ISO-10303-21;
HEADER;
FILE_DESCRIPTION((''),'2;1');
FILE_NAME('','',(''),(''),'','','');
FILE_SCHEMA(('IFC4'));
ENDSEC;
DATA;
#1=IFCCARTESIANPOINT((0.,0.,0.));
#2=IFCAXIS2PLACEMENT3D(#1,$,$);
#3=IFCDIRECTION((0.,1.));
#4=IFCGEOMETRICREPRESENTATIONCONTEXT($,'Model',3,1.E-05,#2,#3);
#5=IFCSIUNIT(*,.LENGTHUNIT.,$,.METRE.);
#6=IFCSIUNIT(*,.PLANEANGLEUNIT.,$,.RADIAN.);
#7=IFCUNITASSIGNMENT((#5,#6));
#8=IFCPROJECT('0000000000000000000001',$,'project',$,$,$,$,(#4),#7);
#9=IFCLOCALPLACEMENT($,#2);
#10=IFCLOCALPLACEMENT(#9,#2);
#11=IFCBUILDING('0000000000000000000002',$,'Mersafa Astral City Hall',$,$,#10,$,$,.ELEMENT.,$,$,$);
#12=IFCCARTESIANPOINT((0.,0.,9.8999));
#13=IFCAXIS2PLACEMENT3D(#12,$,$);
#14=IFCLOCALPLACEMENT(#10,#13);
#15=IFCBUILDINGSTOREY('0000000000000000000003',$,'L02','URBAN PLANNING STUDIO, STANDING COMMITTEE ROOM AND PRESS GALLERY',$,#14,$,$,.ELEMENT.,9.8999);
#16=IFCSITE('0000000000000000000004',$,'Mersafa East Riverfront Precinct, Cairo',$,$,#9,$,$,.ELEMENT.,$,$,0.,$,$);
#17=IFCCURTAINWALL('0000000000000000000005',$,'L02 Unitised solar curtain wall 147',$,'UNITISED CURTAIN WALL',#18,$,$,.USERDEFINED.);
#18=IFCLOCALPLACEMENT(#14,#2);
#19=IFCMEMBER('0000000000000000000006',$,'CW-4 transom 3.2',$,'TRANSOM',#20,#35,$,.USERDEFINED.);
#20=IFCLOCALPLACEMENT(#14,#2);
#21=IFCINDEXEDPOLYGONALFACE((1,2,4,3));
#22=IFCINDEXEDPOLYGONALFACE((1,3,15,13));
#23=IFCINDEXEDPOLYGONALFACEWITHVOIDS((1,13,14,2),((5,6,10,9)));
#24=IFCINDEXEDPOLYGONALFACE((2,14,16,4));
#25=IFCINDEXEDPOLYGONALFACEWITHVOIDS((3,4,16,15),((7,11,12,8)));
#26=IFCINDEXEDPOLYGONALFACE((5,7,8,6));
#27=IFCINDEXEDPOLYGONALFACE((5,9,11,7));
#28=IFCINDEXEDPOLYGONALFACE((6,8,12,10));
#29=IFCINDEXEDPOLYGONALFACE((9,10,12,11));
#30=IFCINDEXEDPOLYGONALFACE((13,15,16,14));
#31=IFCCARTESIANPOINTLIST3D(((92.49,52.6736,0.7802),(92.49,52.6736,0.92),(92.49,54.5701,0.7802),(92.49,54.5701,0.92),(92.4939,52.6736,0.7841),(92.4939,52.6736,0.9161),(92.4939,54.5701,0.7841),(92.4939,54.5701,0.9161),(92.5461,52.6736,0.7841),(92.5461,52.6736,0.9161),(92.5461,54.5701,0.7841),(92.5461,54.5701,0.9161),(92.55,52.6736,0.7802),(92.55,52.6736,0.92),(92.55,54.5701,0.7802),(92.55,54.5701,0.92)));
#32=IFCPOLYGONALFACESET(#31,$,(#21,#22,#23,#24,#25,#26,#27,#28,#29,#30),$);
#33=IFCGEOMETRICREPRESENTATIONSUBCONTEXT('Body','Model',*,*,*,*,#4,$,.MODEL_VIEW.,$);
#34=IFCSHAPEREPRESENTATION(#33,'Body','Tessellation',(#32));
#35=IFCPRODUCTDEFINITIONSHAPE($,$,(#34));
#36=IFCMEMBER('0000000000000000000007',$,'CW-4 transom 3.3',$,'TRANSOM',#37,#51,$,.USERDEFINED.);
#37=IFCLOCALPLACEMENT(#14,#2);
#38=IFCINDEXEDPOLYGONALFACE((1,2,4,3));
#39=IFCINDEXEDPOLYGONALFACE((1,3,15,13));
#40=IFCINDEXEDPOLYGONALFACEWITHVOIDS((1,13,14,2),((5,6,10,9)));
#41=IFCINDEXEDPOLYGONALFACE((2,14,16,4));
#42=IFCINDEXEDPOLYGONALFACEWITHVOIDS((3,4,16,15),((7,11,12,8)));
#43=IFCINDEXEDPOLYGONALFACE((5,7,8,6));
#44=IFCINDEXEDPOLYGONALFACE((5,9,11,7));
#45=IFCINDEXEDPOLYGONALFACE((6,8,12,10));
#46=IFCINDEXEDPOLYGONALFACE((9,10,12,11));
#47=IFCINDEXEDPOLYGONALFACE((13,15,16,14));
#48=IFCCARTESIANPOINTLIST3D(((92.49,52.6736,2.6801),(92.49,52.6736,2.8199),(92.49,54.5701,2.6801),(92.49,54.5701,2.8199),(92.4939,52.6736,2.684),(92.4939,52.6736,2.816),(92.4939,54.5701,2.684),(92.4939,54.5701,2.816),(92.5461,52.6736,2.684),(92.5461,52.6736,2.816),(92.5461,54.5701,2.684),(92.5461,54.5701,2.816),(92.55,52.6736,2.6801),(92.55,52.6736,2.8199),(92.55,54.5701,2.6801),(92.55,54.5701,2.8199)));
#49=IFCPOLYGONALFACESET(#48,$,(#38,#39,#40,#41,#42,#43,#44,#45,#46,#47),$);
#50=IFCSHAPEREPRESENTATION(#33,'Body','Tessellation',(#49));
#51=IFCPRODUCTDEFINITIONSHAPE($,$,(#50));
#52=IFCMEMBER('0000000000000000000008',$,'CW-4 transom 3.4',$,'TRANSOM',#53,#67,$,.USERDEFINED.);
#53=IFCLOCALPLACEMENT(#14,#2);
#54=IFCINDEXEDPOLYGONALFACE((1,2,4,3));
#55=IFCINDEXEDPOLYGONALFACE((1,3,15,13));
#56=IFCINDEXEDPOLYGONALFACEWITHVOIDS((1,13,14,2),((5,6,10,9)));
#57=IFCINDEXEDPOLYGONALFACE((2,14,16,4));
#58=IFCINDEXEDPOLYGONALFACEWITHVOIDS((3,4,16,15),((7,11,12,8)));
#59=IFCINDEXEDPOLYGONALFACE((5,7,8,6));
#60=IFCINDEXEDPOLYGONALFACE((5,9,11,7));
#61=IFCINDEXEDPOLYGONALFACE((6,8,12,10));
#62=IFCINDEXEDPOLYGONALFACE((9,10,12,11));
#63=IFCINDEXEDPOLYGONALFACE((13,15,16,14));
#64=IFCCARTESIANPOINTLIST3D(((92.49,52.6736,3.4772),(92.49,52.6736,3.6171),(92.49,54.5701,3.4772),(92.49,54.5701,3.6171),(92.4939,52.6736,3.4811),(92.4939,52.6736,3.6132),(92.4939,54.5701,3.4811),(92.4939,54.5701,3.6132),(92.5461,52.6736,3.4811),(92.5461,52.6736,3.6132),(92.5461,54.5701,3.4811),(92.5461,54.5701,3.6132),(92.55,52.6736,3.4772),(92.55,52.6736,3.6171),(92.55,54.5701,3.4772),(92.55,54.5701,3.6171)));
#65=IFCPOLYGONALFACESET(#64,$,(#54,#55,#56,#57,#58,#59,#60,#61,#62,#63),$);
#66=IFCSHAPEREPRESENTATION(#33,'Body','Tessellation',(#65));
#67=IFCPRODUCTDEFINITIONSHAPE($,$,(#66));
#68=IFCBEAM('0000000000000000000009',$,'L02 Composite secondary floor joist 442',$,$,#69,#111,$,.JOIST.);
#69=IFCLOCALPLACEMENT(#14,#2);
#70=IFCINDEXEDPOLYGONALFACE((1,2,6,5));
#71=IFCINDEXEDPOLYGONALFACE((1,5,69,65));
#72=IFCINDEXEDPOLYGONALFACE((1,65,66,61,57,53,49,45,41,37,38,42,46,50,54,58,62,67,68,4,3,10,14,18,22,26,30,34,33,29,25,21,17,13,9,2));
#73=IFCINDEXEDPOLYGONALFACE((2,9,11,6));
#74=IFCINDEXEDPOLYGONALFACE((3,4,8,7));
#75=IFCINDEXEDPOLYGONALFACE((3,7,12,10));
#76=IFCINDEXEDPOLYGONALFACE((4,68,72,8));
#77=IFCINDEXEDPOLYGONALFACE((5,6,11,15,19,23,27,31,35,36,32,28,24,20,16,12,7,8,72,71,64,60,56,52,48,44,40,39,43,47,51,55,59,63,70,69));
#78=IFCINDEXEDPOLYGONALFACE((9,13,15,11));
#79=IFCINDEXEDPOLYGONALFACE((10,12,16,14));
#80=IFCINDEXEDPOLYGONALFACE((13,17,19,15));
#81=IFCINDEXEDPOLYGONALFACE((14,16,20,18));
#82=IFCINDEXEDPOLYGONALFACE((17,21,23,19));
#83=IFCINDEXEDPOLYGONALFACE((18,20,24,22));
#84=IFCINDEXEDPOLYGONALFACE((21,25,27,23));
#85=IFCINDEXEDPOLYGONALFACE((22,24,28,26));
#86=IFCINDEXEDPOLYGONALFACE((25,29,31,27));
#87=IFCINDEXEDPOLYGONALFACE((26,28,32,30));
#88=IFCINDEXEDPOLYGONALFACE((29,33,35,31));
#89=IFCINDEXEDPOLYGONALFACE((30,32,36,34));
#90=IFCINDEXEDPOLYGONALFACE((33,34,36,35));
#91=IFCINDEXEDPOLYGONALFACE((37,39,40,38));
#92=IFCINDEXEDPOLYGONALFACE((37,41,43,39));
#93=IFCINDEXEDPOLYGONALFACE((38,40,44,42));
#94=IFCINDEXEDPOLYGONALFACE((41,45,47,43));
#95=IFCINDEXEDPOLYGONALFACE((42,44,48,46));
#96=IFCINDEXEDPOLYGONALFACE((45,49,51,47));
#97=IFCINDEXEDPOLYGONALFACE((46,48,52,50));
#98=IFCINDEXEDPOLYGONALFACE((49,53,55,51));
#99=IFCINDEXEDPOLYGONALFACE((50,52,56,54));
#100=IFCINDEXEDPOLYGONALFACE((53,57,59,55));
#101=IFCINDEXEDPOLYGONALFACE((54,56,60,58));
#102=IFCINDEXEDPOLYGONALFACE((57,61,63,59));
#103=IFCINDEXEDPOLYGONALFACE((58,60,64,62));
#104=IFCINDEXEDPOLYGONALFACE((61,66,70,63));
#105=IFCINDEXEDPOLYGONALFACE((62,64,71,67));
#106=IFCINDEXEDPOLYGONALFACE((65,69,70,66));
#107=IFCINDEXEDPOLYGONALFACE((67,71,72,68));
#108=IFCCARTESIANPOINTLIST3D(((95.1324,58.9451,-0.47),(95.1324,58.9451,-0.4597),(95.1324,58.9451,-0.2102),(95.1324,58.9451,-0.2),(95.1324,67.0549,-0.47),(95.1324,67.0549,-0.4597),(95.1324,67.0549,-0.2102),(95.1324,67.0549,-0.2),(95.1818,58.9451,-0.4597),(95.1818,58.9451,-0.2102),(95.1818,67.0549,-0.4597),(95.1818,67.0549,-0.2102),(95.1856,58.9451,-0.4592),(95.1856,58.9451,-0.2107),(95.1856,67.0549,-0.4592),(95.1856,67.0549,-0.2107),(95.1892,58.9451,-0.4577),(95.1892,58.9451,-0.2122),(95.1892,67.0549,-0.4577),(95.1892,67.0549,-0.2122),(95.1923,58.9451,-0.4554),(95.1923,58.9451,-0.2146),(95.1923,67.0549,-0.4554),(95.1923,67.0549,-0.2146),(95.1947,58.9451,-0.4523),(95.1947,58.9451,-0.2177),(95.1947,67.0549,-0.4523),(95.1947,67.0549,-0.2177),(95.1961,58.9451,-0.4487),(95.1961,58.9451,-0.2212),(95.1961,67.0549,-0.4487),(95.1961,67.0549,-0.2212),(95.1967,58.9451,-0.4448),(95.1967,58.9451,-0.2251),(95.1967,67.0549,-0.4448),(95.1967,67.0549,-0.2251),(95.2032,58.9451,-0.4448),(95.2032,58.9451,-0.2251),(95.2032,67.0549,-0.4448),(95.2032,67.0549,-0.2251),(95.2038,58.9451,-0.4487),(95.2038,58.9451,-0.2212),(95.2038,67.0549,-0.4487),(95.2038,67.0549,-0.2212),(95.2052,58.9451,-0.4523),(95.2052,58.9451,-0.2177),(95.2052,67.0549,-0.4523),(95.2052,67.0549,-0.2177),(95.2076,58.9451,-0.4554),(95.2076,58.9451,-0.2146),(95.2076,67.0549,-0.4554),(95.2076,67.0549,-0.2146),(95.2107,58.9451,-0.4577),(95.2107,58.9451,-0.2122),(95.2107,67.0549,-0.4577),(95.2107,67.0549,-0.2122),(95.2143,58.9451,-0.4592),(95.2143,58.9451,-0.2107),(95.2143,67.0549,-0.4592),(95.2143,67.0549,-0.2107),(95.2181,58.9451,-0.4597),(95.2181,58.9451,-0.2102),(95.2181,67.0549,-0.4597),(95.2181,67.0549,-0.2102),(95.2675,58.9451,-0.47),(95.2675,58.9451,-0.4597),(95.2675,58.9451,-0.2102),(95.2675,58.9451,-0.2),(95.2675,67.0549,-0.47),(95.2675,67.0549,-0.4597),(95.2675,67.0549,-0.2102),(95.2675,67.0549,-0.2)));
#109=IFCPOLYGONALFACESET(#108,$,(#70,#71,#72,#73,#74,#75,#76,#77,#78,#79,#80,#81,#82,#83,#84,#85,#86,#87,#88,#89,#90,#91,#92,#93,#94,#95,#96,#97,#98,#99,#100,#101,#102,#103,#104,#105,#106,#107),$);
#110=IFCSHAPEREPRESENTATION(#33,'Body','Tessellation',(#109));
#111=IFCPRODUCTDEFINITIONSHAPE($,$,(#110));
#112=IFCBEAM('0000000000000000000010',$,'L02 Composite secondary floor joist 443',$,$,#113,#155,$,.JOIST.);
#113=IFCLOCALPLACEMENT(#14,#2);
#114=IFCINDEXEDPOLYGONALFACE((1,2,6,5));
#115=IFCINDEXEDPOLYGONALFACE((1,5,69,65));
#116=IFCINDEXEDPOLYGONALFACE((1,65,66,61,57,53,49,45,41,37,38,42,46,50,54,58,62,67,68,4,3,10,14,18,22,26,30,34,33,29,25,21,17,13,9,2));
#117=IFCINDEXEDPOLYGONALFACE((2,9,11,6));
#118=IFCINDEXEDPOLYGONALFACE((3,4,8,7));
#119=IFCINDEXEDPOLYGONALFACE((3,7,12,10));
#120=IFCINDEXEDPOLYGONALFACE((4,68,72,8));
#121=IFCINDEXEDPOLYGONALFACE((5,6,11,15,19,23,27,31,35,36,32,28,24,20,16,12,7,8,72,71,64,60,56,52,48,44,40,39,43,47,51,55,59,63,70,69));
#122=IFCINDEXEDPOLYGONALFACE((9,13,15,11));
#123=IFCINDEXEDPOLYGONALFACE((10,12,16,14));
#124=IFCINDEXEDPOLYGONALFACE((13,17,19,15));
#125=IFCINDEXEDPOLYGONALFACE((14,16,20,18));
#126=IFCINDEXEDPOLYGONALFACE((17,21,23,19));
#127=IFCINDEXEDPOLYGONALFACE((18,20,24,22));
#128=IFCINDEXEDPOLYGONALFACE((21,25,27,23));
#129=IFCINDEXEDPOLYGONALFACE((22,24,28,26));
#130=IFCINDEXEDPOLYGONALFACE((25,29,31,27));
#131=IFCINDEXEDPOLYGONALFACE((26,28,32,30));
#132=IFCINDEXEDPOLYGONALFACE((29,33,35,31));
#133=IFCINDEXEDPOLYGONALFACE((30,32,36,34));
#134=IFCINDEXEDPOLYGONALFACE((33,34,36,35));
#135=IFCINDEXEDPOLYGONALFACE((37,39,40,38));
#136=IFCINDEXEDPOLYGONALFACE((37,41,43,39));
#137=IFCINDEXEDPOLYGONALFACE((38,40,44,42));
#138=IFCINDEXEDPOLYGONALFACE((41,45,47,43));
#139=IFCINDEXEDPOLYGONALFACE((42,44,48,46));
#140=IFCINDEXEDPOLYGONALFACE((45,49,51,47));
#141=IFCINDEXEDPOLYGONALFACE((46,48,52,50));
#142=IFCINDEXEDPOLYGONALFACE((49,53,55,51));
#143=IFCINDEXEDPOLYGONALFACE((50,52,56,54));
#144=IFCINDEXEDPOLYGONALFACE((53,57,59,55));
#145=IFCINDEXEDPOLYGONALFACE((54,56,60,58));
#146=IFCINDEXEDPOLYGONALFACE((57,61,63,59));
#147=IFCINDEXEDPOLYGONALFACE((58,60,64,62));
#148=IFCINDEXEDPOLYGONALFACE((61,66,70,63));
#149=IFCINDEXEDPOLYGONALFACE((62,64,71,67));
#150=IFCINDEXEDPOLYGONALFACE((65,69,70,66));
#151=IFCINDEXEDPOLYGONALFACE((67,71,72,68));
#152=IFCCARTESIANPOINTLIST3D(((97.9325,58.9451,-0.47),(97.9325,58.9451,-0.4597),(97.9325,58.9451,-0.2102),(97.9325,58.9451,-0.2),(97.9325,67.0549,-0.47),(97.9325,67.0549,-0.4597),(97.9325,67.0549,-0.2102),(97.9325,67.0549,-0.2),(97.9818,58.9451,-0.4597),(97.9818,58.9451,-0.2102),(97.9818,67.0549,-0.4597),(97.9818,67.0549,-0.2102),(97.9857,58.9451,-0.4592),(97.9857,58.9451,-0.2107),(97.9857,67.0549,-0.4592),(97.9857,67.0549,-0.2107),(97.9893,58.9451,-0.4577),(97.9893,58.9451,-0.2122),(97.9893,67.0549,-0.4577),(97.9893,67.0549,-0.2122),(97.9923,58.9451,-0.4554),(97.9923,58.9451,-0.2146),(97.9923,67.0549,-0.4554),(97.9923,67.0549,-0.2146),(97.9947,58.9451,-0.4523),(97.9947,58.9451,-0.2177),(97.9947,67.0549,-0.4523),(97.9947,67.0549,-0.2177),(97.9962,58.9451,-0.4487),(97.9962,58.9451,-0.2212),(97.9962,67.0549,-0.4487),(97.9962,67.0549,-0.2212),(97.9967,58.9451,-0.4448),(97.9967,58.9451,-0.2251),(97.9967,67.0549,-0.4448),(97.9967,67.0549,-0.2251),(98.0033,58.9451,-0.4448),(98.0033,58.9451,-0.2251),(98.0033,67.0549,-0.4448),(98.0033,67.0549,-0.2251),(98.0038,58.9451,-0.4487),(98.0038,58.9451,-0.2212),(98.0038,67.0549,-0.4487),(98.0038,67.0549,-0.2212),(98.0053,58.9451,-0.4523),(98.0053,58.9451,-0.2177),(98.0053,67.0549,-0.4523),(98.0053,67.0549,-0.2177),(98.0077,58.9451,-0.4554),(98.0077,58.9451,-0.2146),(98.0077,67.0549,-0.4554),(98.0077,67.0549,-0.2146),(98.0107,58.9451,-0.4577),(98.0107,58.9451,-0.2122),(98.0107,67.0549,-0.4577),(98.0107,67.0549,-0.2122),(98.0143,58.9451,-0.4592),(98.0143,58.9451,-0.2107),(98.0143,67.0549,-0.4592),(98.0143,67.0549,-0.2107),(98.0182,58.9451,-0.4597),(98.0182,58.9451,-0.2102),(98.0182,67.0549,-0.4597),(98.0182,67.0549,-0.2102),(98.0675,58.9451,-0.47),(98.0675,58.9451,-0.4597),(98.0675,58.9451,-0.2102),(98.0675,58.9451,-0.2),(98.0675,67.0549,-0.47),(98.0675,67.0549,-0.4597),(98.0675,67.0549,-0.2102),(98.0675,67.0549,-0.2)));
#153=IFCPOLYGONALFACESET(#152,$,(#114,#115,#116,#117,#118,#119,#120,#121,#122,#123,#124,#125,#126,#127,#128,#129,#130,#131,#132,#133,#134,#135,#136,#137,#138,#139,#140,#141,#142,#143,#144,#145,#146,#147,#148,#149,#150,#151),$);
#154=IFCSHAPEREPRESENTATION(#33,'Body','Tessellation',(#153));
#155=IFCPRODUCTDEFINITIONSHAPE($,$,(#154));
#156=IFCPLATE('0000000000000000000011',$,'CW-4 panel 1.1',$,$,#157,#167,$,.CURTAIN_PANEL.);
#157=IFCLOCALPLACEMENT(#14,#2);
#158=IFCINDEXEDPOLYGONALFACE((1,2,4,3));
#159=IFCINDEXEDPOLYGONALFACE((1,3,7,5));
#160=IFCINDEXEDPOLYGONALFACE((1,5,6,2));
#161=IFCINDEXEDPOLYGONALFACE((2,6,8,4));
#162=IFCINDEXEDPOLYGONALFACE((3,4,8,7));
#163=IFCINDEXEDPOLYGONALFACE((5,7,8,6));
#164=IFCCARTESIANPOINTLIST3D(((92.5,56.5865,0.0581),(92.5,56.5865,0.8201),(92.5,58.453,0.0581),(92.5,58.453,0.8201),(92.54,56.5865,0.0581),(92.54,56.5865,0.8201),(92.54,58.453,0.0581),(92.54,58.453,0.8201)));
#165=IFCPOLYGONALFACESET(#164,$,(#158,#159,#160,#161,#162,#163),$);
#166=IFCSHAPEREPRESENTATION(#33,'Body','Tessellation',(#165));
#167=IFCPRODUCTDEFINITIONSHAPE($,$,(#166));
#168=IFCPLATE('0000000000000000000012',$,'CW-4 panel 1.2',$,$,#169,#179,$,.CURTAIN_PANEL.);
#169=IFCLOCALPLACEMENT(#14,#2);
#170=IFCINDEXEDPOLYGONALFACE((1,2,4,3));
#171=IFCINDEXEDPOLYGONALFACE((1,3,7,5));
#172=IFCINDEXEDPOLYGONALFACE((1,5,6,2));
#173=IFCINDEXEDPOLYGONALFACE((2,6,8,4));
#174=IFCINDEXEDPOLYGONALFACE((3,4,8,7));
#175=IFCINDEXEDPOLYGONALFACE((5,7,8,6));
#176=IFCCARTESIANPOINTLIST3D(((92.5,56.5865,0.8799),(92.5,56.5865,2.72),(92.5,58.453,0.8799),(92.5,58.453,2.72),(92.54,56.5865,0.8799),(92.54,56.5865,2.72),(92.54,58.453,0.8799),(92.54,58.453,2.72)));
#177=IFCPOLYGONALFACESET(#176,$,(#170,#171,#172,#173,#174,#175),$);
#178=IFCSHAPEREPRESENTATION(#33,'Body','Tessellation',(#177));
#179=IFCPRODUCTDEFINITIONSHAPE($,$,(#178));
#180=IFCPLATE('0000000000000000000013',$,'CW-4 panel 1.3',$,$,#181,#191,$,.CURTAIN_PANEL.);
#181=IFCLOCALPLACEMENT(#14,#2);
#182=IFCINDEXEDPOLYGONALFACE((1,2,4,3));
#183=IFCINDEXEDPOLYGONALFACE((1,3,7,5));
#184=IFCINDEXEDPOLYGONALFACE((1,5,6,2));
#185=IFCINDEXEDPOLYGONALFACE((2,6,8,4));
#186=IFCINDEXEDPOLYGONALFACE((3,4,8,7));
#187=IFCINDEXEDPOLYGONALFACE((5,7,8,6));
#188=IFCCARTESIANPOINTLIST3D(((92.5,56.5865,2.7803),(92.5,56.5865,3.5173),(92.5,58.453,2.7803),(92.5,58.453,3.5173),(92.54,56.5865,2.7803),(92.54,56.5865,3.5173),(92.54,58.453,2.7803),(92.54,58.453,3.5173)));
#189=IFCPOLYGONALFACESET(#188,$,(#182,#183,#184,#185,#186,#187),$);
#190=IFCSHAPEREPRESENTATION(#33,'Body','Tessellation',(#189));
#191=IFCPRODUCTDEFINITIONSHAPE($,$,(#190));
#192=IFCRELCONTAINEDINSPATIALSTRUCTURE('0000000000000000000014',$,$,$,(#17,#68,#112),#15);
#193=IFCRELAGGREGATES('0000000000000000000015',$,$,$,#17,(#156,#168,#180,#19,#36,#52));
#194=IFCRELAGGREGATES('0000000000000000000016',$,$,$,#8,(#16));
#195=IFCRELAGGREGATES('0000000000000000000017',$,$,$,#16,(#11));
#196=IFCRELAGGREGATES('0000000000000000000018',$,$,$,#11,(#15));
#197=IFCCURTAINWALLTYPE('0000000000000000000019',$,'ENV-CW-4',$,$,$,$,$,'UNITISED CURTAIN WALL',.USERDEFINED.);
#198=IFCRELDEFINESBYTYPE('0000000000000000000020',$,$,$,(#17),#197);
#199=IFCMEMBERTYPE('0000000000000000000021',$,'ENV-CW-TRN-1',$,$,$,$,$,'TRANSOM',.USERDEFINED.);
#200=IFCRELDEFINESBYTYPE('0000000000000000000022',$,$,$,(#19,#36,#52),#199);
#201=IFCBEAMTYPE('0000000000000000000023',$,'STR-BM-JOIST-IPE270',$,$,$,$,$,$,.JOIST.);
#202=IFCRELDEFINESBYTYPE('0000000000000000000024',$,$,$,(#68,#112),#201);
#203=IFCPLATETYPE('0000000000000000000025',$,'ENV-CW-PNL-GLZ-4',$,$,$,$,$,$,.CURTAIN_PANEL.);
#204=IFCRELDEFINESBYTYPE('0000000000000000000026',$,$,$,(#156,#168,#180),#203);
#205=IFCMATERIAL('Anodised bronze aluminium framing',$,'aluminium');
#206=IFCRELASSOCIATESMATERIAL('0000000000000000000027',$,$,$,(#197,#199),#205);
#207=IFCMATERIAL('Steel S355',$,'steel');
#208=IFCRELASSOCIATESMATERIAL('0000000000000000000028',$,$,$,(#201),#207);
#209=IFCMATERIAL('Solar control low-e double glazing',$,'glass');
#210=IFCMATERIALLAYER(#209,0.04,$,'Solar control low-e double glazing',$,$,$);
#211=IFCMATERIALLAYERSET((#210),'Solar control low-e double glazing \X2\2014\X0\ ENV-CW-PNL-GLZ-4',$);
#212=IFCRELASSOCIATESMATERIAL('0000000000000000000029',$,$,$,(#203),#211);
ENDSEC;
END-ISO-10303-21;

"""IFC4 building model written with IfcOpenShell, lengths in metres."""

from ifc_helpers import new_model, si_unit, direction, frame, origin, origin_2d, place, context, subcontext, project, spatial, rectangle, hollow_rectangle, i_section, extrude, material, layer, layer_set, material_profile, profile_set, type_object, element, aggregate, save


model = new_model("IFC4")

# Units and contexts
model_context = context("Model", 3, precision=1e-05, world=origin(), true_north=direction((0.0, 1.0)))
body_context = subcontext(model_context, "Body", "Model", "MODEL_VIEW")
ifc_project = project(units=[si_unit("LENGTHUNIT", "METRE"), si_unit("PLANEANGLEUNIT", "RADIAN")], contexts=[model_context])

# Site, building, storey
site_placement = place(None, origin())
site = spatial("IfcSite", under=ifc_project, at=site_placement, Name="Mersafa East Riverfront Precinct, Cairo", CompositionType="ELEMENT", RefElevation=0.0)
building_placement = place(site_placement, origin())
building = spatial("IfcBuilding", under=site, at=building_placement, Name="Mersafa Astral City Hall", CompositionType="ELEMENT")
storey_placement = place(building_placement, frame((0.0, 0.0, 9.8999)))
storey = spatial("IfcBuildingStorey", under=building, at=storey_placement, Name="L02", Description="URBAN PLANNING STUDIO, STANDING COMMITTEE ROOM AND PRESS GALLERY", CompositionType="ELEMENT", Elevation=9.8999)

# Curtain wall, members
ifc_material_1 = material(Name="Anodised bronze aluminium framing", Category="aluminium")
curtain_wall_type = type_object("IfcCurtainWallType", Name="ENV-CW-4", ElementType="UNITISED CURTAIN WALL", PredefinedType="USERDEFINED", material=ifc_material_1)
curtain_wall_placement = place(storey_placement, origin())
curtain_wall = element("IfcCurtainWall", 1, at=curtain_wall_placement, inside=storey, type_object=curtain_wall_type, Name="L02 Unitised solar curtain wall 147", ObjectType="UNITISED CURTAIN WALL", PredefinedType="USERDEFINED")
ifc_material_profile_1 = material_profile(ifc_material_1, hollow_rectangle(XDim=0.0601, YDim=0.1399, WallThickness=0.0039, at=origin_2d()), Name="RHS 60x140x4")
ifc_profile_set_1 = profile_set([ifc_material_profile_1], Name="Anodised bronze aluminium framing")
member_type_1 = type_object("IfcMemberType", Name="ENV-CW-TRN-1", ElementType="TRANSOM", PredefinedType="USERDEFINED", material=ifc_profile_set_1)
member_1_placement = place(storey_placement, frame((92.52, 54.5701, 0.8501), z_axis=(0.0, -1.0, 0.0), x_axis=(1.0, 0.0, 0.0)))
member_1 = element("IfcMember", 2, at=member_1_placement, type_object=member_type_1, Name="CW-4 transom 3.2", ObjectType="TRANSOM", PredefinedType="USERDEFINED", context=body_context, shape_type="SweptSolid", body=[
    extrude(hollow_rectangle(XDim=0.0601, YDim=0.1399, WallThickness=0.0039, at=origin_2d()), origin(), (0.0, 0.0, 1.0), 1.8965),
])
member_2_placement = place(storey_placement, frame((92.52, 54.5701, 2.75), z_axis=(0.0, -1.0, 0.0), x_axis=(1.0, 0.0, 0.0)))
member_2 = element("IfcMember", 3, at=member_2_placement, type_object=member_type_1, Name="CW-4 transom 3.3", ObjectType="TRANSOM", PredefinedType="USERDEFINED", context=body_context, shape_type="SweptSolid", body=[
    extrude(hollow_rectangle(XDim=0.0601, YDim=0.1399, WallThickness=0.0039, at=origin_2d()), origin(), (0.0, 0.0, 1.0), 1.8965),
])
member_3_placement = place(storey_placement, frame((92.52, 54.5701, 3.5471), z_axis=(0.0, -1.0, 0.0), x_axis=(1.0, 0.0, 0.0)))
member_3 = element("IfcMember", 4, at=member_3_placement, type_object=member_type_1, Name="CW-4 transom 3.4", ObjectType="TRANSOM", PredefinedType="USERDEFINED", context=body_context, shape_type="SweptSolid", body=[
    extrude(hollow_rectangle(XDim=0.0601, YDim=0.1399, WallThickness=0.0039, at=origin_2d()), origin(), (0.0, 0.0, 1.0), 1.8965),
])

# Beams
ifc_material_2 = material(Name="Steel S355", Category="steel")
ifc_material_profile_2 = material_profile(ifc_material_2, i_section(OverallWidth=0.135, OverallDepth=0.27, WebThickness=0.0066, FlangeThickness=0.0103, FilletRadius=0.0149, at=origin_2d()), Name="IPE 270")
ifc_profile_set_2 = profile_set([ifc_material_profile_2], Name="Steel S355")
beam_type = type_object("IfcBeamType", Name="STR-BM-JOIST-IPE270", PredefinedType="JOIST", material=ifc_profile_set_2)
for number, where, z_axis, x_axis, name in (
    (5, (95.2, 58.9451, -0.335), (0.0, 1.0, 0.0), (-1.0, 0.0, 0.0), "L02 Composite secondary floor joist 442"),
    (6, (98.0, 58.9451, -0.335), (0.0, 1.0, 0.0), (-1.0, 0.0, 0.0), "L02 Composite secondary floor joist 443"),
):
    element("IfcBeam", number, at=place(storey_placement, frame(where, z_axis=z_axis, x_axis=x_axis)), inside=storey, type_object=beam_type, Name=name, PredefinedType="JOIST", context=body_context, shape_type="SweptSolid", body=[
        extrude(i_section(OverallWidth=0.135, OverallDepth=0.27, WebThickness=0.0066, FlangeThickness=0.0103, FilletRadius=0.0149, at=origin_2d()), origin(), (0.0, 0.0, 1.0), 8.1099),
    ])

# Plates
ifc_material_3 = material(Name="Solar control low-e double glazing", Category="glass")
ifc_layer_1 = layer(ifc_material_3, 0.04, Name="Solar control low-e double glazing")
ifc_layer_set_1 = layer_set([ifc_layer_1], Name="Solar control low-e double glazing — ENV-CW-PNL-GLZ-4")
plate_type = type_object("IfcPlateType", Name="ENV-CW-PNL-GLZ-4", PredefinedType="CURTAIN_PANEL", material=ifc_layer_set_1)
plate_1_placement = place(storey_placement, frame((92.52, 57.5198, 0.0581), z_axis=(0.0, 0.0, 1.0), x_axis=(0.0, -1.0, 0.0)))
plate_1 = element("IfcPlate", 7, at=plate_1_placement, type_object=plate_type, Name="CW-4 panel 1.1", PredefinedType="CURTAIN_PANEL", context=body_context, shape_type="SweptSolid", body=[
    extrude(rectangle(XDim=1.8665, YDim=0.04, at=origin_2d()), origin(), (0.0, 0.0, 1.0), 0.762),
])
plate_2_placement = place(storey_placement, frame((92.52, 57.5198, 0.8799), z_axis=(0.0, 0.0, 1.0), x_axis=(0.0, -1.0, 0.0)))
plate_2 = element("IfcPlate", 8, at=plate_2_placement, type_object=plate_type, Name="CW-4 panel 1.2", PredefinedType="CURTAIN_PANEL", context=body_context, shape_type="SweptSolid", body=[
    extrude(rectangle(XDim=1.8665, YDim=0.04, at=origin_2d()), origin(), (0.0, 0.0, 1.0), 1.8401),
])
plate_3_placement = place(storey_placement, frame((92.52, 57.5198, 2.7803), z_axis=(0.0, 0.0, 1.0), x_axis=(0.0, -1.0, 0.0)))
plate_3 = element("IfcPlate", 9, at=plate_3_placement, type_object=plate_type, Name="CW-4 panel 1.3", PredefinedType="CURTAIN_PANEL", context=body_context, shape_type="SweptSolid", body=[
    extrude(rectangle(XDim=1.8665, YDim=0.04, at=origin_2d()), origin(), (0.0, 0.0, 1.0), 0.7371),
])
aggregate(curtain_wall, [plate_1, plate_2, plate_3, member_1, member_2, member_3])

save(model, "model.ifc")
